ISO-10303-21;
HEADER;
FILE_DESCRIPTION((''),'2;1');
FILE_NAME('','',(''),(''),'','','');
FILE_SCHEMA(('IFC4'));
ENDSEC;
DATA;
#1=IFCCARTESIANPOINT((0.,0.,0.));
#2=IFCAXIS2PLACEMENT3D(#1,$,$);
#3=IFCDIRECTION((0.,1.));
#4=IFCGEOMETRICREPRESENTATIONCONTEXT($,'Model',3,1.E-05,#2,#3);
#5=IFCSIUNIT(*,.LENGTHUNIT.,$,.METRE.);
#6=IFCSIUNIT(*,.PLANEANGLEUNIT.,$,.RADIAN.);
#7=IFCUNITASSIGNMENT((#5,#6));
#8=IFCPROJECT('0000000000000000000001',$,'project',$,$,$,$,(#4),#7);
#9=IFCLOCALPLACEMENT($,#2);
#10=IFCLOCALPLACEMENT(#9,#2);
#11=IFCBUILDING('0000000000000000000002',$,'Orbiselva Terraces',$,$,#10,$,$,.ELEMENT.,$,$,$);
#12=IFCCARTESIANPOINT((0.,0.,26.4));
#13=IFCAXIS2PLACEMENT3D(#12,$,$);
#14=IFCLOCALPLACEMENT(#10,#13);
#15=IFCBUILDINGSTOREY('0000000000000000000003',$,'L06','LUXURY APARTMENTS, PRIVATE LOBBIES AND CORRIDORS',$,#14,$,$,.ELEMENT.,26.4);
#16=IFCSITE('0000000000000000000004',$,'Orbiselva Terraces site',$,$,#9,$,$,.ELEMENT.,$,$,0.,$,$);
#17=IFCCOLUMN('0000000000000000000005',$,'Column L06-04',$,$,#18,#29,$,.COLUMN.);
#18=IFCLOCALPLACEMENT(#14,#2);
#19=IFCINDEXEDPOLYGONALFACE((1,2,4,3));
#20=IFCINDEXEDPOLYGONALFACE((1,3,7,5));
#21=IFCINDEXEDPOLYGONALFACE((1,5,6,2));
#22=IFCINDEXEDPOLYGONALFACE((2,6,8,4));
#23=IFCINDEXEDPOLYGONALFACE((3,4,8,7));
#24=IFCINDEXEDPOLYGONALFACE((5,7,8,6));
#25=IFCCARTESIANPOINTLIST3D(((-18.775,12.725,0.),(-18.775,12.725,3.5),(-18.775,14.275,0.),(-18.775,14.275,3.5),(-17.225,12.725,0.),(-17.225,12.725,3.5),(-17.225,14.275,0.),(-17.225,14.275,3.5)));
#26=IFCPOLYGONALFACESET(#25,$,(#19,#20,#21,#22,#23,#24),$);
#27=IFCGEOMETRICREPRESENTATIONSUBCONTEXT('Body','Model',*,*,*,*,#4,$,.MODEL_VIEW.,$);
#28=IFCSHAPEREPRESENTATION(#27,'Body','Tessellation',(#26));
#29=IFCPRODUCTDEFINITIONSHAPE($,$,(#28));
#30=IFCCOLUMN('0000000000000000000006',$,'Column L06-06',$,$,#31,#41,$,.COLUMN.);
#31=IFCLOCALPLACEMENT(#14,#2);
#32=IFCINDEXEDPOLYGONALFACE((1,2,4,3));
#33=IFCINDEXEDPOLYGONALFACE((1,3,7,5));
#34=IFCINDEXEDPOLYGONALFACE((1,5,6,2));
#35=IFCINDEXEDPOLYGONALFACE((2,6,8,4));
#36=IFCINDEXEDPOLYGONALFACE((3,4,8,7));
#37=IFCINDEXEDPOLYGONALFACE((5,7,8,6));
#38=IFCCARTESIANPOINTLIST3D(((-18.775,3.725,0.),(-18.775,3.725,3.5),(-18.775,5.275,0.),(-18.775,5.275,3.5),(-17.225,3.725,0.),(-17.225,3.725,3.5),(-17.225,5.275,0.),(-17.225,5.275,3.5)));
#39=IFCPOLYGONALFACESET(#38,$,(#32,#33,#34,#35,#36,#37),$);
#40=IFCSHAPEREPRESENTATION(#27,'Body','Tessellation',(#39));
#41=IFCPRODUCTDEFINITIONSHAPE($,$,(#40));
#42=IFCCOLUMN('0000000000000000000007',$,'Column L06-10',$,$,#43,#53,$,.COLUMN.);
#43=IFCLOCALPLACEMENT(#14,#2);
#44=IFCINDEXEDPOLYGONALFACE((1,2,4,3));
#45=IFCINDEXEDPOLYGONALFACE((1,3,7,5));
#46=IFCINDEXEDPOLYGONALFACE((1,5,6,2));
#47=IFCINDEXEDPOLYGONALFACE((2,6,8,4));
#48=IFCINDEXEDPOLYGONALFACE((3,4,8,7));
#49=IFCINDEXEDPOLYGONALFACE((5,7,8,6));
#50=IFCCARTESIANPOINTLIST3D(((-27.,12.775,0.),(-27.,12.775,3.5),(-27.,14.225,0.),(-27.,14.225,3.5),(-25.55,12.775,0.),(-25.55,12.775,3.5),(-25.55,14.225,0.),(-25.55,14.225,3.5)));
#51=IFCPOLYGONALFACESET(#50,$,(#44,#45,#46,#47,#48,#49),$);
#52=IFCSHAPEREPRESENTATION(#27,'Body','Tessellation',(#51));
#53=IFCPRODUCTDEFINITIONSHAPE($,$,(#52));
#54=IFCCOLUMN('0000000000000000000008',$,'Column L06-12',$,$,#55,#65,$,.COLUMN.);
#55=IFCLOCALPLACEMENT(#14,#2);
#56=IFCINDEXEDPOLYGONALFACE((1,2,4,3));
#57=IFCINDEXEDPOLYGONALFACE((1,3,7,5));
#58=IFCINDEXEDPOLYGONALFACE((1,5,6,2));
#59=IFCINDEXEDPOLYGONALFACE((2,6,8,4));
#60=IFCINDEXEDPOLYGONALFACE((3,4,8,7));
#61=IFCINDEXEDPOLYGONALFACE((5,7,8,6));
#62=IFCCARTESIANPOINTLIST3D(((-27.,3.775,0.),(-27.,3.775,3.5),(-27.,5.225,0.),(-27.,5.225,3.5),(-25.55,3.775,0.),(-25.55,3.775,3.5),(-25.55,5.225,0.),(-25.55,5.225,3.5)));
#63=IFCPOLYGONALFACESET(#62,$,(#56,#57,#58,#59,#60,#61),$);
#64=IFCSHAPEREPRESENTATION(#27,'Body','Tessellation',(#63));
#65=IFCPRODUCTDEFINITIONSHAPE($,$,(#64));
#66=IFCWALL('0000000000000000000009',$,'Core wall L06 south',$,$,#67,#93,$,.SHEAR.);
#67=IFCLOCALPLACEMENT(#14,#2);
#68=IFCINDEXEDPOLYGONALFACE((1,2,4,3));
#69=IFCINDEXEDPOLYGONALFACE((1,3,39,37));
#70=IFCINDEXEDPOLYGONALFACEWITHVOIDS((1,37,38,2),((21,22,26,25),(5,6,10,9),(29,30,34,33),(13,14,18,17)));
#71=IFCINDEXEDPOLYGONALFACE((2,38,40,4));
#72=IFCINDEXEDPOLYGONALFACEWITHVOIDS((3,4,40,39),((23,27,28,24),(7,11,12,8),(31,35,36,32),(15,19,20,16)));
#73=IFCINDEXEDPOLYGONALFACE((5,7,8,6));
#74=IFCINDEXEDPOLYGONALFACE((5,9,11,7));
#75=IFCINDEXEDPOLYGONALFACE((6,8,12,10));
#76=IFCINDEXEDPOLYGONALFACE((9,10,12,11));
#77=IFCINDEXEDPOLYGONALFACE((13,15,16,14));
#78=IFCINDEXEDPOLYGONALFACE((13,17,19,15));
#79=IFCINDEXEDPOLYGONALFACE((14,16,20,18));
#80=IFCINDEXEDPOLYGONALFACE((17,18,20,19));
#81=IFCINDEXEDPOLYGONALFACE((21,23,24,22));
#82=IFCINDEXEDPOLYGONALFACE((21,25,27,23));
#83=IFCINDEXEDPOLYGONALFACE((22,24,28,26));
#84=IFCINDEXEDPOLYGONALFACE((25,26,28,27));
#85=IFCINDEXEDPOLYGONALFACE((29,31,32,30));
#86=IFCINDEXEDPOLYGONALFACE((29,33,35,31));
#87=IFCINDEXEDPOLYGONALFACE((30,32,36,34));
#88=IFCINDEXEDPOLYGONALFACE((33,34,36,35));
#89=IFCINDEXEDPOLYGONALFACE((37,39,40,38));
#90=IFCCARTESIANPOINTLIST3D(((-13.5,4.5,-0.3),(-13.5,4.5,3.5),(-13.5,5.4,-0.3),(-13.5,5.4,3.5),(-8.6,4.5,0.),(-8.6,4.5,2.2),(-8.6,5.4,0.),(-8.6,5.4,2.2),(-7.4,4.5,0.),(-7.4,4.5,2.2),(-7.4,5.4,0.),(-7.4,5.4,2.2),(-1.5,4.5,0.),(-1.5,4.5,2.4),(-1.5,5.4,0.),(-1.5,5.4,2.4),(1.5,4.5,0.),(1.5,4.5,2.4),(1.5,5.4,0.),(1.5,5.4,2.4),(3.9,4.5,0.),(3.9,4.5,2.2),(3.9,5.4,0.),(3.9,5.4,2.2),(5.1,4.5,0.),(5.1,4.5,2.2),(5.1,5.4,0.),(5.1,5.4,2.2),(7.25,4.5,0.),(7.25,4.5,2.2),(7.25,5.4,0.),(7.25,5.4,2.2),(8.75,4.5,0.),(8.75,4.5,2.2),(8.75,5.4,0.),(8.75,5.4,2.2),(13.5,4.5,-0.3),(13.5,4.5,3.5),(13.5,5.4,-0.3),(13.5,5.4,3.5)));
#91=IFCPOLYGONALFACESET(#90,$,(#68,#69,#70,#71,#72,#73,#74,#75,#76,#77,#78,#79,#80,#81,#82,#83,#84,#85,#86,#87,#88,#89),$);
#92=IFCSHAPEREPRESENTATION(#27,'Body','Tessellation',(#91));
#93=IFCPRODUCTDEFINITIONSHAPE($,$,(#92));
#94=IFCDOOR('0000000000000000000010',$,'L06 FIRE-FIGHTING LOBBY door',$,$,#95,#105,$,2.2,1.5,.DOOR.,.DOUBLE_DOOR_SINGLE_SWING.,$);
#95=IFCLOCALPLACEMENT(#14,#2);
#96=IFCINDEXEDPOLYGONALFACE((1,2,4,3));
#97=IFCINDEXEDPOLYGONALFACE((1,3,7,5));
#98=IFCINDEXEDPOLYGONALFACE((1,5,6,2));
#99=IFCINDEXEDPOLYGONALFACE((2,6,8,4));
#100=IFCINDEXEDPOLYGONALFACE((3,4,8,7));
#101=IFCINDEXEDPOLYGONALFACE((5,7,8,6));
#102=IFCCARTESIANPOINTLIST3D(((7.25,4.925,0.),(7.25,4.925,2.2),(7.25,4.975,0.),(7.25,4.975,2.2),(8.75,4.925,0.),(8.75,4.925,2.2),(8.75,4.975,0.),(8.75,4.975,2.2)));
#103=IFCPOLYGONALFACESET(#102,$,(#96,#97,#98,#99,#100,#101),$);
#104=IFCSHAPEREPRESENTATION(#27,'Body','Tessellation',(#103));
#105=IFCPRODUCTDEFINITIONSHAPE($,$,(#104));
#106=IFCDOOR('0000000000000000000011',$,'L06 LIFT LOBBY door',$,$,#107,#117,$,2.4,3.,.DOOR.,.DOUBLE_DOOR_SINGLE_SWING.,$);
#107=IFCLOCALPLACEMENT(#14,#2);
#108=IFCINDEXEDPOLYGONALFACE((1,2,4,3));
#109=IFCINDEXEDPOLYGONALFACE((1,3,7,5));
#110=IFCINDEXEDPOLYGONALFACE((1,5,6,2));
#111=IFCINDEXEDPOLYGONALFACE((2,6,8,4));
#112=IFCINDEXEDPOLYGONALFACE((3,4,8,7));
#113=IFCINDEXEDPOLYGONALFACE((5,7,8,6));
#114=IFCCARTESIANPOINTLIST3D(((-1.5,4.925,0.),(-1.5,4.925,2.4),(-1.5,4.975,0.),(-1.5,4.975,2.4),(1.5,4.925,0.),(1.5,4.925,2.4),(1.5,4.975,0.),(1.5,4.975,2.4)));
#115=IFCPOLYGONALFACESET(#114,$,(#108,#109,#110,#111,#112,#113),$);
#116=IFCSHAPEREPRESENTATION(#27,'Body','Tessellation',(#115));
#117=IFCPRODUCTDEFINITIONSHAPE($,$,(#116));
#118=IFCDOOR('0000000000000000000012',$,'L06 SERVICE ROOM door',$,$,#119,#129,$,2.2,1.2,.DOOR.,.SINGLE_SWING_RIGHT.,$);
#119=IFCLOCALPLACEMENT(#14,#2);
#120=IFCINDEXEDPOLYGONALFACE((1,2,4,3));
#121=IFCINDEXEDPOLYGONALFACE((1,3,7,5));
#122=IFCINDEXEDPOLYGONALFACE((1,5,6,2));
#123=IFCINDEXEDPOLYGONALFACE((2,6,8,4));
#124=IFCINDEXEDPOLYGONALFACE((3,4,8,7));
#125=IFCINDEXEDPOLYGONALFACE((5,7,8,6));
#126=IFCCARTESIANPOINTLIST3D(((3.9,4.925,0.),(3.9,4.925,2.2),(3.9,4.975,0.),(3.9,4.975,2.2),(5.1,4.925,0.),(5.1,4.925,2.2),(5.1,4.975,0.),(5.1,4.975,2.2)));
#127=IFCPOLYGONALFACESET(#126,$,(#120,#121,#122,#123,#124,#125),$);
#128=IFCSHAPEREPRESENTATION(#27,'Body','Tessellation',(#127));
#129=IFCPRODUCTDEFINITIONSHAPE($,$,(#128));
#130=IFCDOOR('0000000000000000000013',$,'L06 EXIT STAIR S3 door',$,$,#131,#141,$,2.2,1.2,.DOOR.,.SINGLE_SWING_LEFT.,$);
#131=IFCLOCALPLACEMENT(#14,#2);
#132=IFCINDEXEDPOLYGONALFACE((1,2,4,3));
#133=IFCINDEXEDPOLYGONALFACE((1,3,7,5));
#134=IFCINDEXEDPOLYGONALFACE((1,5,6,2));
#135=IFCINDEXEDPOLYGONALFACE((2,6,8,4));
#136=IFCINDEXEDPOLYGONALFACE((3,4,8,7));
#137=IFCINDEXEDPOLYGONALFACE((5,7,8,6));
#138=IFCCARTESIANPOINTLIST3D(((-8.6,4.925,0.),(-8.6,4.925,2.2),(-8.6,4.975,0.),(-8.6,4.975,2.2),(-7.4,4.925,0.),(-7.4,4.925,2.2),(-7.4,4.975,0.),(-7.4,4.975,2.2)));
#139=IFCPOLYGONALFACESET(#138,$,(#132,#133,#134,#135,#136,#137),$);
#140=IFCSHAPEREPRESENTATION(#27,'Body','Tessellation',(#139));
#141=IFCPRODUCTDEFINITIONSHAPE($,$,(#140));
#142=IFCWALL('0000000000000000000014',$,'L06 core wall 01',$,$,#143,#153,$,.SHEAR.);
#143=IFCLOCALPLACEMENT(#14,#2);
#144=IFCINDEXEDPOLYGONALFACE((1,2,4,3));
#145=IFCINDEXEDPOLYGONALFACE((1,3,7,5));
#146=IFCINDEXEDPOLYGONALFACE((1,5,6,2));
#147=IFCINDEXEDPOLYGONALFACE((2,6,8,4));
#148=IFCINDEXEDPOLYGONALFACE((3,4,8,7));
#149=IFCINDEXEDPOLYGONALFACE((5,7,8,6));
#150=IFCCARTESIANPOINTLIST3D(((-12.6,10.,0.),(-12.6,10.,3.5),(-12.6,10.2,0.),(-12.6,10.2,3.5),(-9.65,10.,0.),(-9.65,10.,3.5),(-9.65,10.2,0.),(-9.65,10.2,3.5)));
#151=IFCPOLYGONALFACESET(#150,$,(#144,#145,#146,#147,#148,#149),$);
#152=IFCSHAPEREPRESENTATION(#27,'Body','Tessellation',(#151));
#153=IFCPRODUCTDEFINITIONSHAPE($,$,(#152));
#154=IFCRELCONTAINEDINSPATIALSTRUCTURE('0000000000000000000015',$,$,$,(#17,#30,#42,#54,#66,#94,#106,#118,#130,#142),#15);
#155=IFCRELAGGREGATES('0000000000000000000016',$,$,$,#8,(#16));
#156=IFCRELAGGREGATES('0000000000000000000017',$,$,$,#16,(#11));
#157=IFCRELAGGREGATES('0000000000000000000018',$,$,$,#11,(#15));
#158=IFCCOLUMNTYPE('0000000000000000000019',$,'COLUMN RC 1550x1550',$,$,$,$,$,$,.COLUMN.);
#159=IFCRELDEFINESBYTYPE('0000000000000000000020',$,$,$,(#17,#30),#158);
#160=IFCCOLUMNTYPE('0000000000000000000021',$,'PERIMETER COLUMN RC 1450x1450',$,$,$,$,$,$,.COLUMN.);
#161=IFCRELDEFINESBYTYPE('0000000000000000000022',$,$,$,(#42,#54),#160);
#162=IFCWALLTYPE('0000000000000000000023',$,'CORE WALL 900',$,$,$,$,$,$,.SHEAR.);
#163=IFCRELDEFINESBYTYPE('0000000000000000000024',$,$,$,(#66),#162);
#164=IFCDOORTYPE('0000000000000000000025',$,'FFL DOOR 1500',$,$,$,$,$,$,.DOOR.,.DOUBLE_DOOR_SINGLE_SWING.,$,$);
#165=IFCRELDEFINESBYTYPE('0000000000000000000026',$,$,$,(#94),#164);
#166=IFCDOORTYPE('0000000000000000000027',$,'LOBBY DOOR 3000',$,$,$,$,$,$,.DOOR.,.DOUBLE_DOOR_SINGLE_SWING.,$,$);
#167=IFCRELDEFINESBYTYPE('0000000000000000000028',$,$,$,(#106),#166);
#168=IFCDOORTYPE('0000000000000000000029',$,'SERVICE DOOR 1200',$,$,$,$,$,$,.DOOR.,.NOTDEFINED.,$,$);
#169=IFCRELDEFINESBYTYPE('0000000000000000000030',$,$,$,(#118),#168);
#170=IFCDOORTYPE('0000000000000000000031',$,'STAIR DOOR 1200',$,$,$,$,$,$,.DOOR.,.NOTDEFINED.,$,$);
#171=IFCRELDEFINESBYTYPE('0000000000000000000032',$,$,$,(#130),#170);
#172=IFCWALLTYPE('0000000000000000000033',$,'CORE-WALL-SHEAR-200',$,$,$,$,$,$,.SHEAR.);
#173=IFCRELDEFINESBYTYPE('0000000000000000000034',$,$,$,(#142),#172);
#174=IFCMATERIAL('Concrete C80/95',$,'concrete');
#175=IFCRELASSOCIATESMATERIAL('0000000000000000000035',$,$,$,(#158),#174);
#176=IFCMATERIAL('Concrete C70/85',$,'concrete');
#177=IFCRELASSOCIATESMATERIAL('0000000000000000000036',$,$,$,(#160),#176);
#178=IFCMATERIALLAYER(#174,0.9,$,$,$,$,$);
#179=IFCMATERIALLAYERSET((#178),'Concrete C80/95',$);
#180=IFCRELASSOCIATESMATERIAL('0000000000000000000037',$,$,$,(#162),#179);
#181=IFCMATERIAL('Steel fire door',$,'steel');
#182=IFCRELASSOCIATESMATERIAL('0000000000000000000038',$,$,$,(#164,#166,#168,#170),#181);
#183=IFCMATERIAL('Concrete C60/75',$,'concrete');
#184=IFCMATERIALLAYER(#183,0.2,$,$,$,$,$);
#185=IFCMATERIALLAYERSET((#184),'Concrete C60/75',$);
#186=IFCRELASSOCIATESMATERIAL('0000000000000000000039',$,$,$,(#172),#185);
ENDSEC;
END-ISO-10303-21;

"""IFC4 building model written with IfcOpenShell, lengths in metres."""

from ifc_helpers import new_model, si_unit, direction, frame, frame_2d, origin, origin_2d, place, context, subcontext, project, spatial, rectangle, extrude, material, layer, layer_set, material_profile, profile_set, type_object, element, fill, save


model = new_model("IFC4")

# Units and contexts
model_context = context("Model", 3, precision=1e-05, world=origin(), true_north=direction((0.0, 1.0)))
body_context = subcontext(model_context, "Body", "Model", "MODEL_VIEW")
ifc_project = project(units=[si_unit("LENGTHUNIT", "METRE"), si_unit("PLANEANGLEUNIT", "RADIAN")], contexts=[model_context])

# Site, building, storey
site_placement = place(None, origin())
site = spatial("IfcSite", under=ifc_project, at=site_placement, Name="Orbiselva Terraces site", CompositionType="ELEMENT", RefElevation=0.0)
building_placement = place(site_placement, origin())
building = spatial("IfcBuilding", under=site, at=building_placement, Name="Orbiselva Terraces", CompositionType="ELEMENT")
storey_placement = place(building_placement, frame((0.0, 0.0, 26.4)))
storey = spatial("IfcBuildingStorey", under=building, at=storey_placement, Name="L06", Description="LUXURY APARTMENTS, PRIVATE LOBBIES AND CORRIDORS", CompositionType="ELEMENT", Elevation=26.4)

# Columns
ifc_material_1 = material(Name="Concrete C80/95", Category="concrete")
ifc_material_profile_1 = material_profile(ifc_material_1, rectangle(XDim=1.55, YDim=1.55, at=origin_2d()), Name="RC 1550x1550")
ifc_profile_set_1 = profile_set([ifc_material_profile_1], Name="Concrete C80/95")
column_type_1 = type_object("IfcColumnType", Name="COLUMN RC 1550x1550", PredefinedType="COLUMN", material=ifc_profile_set_1)
for number, where, z_axis, x_axis, name in (
    (1, (-18.0, 13.5, 0.0), (0.0, 0.0, 1.0), (1.0, 0.0, 0.0), "Column L06-04"),
    (2, (-18.0, 4.5, 0.0), (0.0, 0.0, 1.0), (1.0, 0.0, 0.0), "Column L06-06"),
):
    element("IfcColumn", number, at=place(storey_placement, frame(where, z_axis=z_axis, x_axis=x_axis)), inside=storey, type_object=column_type_1, Name=name, PredefinedType="COLUMN", context=body_context, shape_type="SweptSolid", body=[
        extrude(rectangle(XDim=1.55, YDim=1.55, at=origin_2d()), origin(), (0.0, 0.0, 1.0), 3.5),
    ])
ifc_material_2 = material(Name="Concrete C70/85", Category="concrete")
ifc_material_profile_2 = material_profile(ifc_material_2, rectangle(XDim=1.45, YDim=1.45, at=origin_2d()), Name="RC 1450x1450")
ifc_profile_set_2 = profile_set([ifc_material_profile_2], Name="Concrete C70/85")
column_type_2 = type_object("IfcColumnType", Name="PERIMETER COLUMN RC 1450x1450", PredefinedType="COLUMN", material=ifc_profile_set_2)
for number, where, z_axis, x_axis, name in (
    (3, (-26.275, 13.5, 0.0), (0.0, 0.0, 1.0), (1.0, 0.0, 0.0), "Column L06-10"),
    (4, (-26.275, 4.5, 0.0), (0.0, 0.0, 1.0), (1.0, 0.0, 0.0), "Column L06-12"),
):
    element("IfcColumn", number, at=place(storey_placement, frame(where, z_axis=z_axis, x_axis=x_axis)), inside=storey, type_object=column_type_2, Name=name, PredefinedType="COLUMN", context=body_context, shape_type="SweptSolid", body=[
        extrude(rectangle(XDim=1.45, YDim=1.45, at=origin_2d()), origin(), (0.0, 0.0, 1.0), 3.5),
    ])

# Wall, openings, doors
ifc_layer_1 = layer(ifc_material_1, 0.9)
ifc_layer_set_1 = layer_set([ifc_layer_1], Name="Concrete C80/95")
wall_type_1 = type_object("IfcWallType", Name="CORE WALL 900", PredefinedType="SHEAR", material=ifc_layer_set_1)
wall_1_placement = place(storey_placement, frame((-13.5, 4.95, -0.3), z_axis=(0.0, 0.0, 1.0), x_axis=(1.0, 0.0, 0.0)))
wall_1 = element("IfcWall", 5, at=wall_1_placement, inside=storey, type_object=wall_type_1, Name="Core wall L06 south", PredefinedType="SHEAR", context=body_context, shape_type="SweptSolid", body=[
    extrude(rectangle(XDim=27.0, YDim=0.9, at=frame_2d((13.5, 0.0))), origin(), (0.0, 0.0, 1.0), 3.8),
])
opening_1_placement = place(wall_1_placement, frame((12.0, 0.0, 0.3)))
opening_1 = element("IfcOpeningElement", 6, at=opening_1_placement, cuts=wall_1, PredefinedType="OPENING", context=body_context, shape_type="SweptSolid", body=[
    extrude(rectangle(XDim=3.0, YDim=2.4, at=frame_2d((1.5, 1.2))), frame((0.0, 0.46, 0.0), z_axis=(0.0, -1.0, 0.0), x_axis=(1.0, 0.0, 0.0)), (0.0, 0.0, 1.0), 0.92),
])
opening_2_placement = place(wall_1_placement, frame((4.9, 0.0, 0.3)))
opening_2 = element("IfcOpeningElement", 7, at=opening_2_placement, cuts=wall_1, PredefinedType="OPENING", context=body_context, shape_type="SweptSolid", body=[
    extrude(rectangle(XDim=1.2, YDim=2.2, at=frame_2d((0.6, 1.1))), frame((0.0, 0.46, 0.0), z_axis=(0.0, -1.0, 0.0), x_axis=(1.0, 0.0, 0.0)), (0.0, 0.0, 1.0), 0.92),
])
opening_3_placement = place(wall_1_placement, frame((20.75, 0.0, 0.3)))
opening_3 = element("IfcOpeningElement", 8, at=opening_3_placement, cuts=wall_1, PredefinedType="OPENING", context=body_context, shape_type="SweptSolid", body=[
    extrude(rectangle(XDim=1.5, YDim=2.2, at=frame_2d((0.75, 1.1))), frame((0.0, 0.46, 0.0), z_axis=(0.0, -1.0, 0.0), x_axis=(1.0, 0.0, 0.0)), (0.0, 0.0, 1.0), 0.92),
])
opening_4_placement = place(wall_1_placement, frame((17.4, 0.0, 0.3)))
opening_4 = element("IfcOpeningElement", 9, at=opening_4_placement, cuts=wall_1, PredefinedType="OPENING", context=body_context, shape_type="SweptSolid", body=[
    extrude(rectangle(XDim=1.2, YDim=2.2, at=frame_2d((0.6, 1.1))), frame((0.0, 0.46, 0.0), z_axis=(0.0, -1.0, 0.0), x_axis=(1.0, 0.0, 0.0)), (0.0, 0.0, 1.0), 0.92),
])
ifc_material_3 = material(Name="Steel fire door", Category="steel")
door_type_1 = type_object("IfcDoorType", Name="FFL DOOR 1500", OperationType="DOUBLE_DOOR_SINGLE_SWING", PredefinedType="DOOR", material=ifc_material_3)
door_1_placement = place(opening_3_placement, frame((1.5, 0.0, 0.0), z_axis=(0.0, 0.0, 1.0), x_axis=(-1.0, 0.0, 0.0)))
door_1 = element("IfcDoor", 10, at=door_1_placement, inside=storey, type_object=door_type_1, Name="L06 FIRE-FIGHTING LOBBY door", OperationType="DOUBLE_DOOR_SINGLE_SWING", OverallHeight=2.2, OverallWidth=1.5, PredefinedType="DOOR", context=body_context, shape_type="SweptSolid", body=[
    extrude(rectangle(XDim=1.5, YDim=2.2, at=frame_2d((0.75, 1.1))), frame((0.0, 0.025, 0.0), z_axis=(0.0, -1.0, 0.0), x_axis=(1.0, 0.0, 0.0)), (0.0, 0.0, 1.0), 0.05),
])
fill(opening_3, door_1)
door_type_2 = type_object("IfcDoorType", Name="LOBBY DOOR 3000", OperationType="DOUBLE_DOOR_SINGLE_SWING", PredefinedType="DOOR", material=ifc_material_3)
door_2_placement = place(opening_1_placement, frame((3.0, 0.0, 0.0), z_axis=(0.0, 0.0, 1.0), x_axis=(-1.0, 0.0, 0.0)))
door_2 = element("IfcDoor", 11, at=door_2_placement, inside=storey, type_object=door_type_2, Name="L06 LIFT LOBBY door", OperationType="DOUBLE_DOOR_SINGLE_SWING", OverallHeight=2.4, OverallWidth=3.0, PredefinedType="DOOR", context=body_context, shape_type="SweptSolid", body=[
    extrude(rectangle(XDim=3.0, YDim=2.4, at=frame_2d((1.5, 1.2))), frame((0.0, 0.025, 0.0), z_axis=(0.0, -1.0, 0.0), x_axis=(1.0, 0.0, 0.0)), (0.0, 0.0, 1.0), 0.05),
])
fill(opening_1, door_2)
door_type_3 = type_object("IfcDoorType", Name="SERVICE DOOR 1200", OperationType="NOTDEFINED", PredefinedType="DOOR", material=ifc_material_3)
door_3_placement = place(opening_4_placement, frame((1.2, 0.0, 0.0), z_axis=(0.0, 0.0, 1.0), x_axis=(-1.0, 0.0, 0.0)))
door_3 = element("IfcDoor", 12, at=door_3_placement, inside=storey, type_object=door_type_3, Name="L06 SERVICE ROOM door", OperationType="SINGLE_SWING_RIGHT", OverallHeight=2.2, OverallWidth=1.2, PredefinedType="DOOR", context=body_context, shape_type="SweptSolid", body=[
    extrude(rectangle(XDim=1.2, YDim=2.2, at=frame_2d((0.6, 1.1))), frame((0.0, 0.025, 0.0), z_axis=(0.0, -1.0, 0.0), x_axis=(1.0, 0.0, 0.0)), (0.0, 0.0, 1.0), 0.05),
])
fill(opening_4, door_3)
door_type_4 = type_object("IfcDoorType", Name="STAIR DOOR 1200", OperationType="NOTDEFINED", PredefinedType="DOOR", material=ifc_material_3)
door_4_placement = place(opening_2_placement, frame((1.2, 0.0, 0.0), z_axis=(0.0, 0.0, 1.0), x_axis=(-1.0, 0.0, 0.0)))
door_4 = element("IfcDoor", 13, at=door_4_placement, inside=storey, type_object=door_type_4, Name="L06 EXIT STAIR S3 door", OperationType="SINGLE_SWING_LEFT", OverallHeight=2.2, OverallWidth=1.2, PredefinedType="DOOR", context=body_context, shape_type="SweptSolid", body=[
    extrude(rectangle(XDim=1.2, YDim=2.2, at=frame_2d((0.6, 1.1))), frame((0.0, 0.025, 0.0), z_axis=(0.0, -1.0, 0.0), x_axis=(1.0, 0.0, 0.0)), (0.0, 0.0, 1.0), 0.05),
])
fill(opening_2, door_4)

# Wall
ifc_material_4 = material(Name="Concrete C60/75", Category="concrete")
ifc_layer_2 = layer(ifc_material_4, 0.2)
ifc_layer_set_2 = layer_set([ifc_layer_2], Name="Concrete C60/75")
wall_type_2 = type_object("IfcWallType", Name="CORE-WALL-SHEAR-200", PredefinedType="SHEAR", material=ifc_layer_set_2)
wall_2_placement = place(storey_placement, frame((-12.6, 10.1, 0.0), z_axis=(0.0, 0.0, 1.0), x_axis=(1.0, 0.0, 0.0)))
element("IfcWall", 14, at=wall_2_placement, inside=storey, type_object=wall_type_2, Name="L06 core wall 01", PredefinedType="SHEAR", context=body_context, shape_type="SweptSolid", body=[
    extrude(rectangle(XDim=2.95, YDim=0.2, at=frame_2d((1.475, 0.0))), origin(), (0.0, 0.0, 1.0), 3.5),
])

save(model, "model.ifc")
